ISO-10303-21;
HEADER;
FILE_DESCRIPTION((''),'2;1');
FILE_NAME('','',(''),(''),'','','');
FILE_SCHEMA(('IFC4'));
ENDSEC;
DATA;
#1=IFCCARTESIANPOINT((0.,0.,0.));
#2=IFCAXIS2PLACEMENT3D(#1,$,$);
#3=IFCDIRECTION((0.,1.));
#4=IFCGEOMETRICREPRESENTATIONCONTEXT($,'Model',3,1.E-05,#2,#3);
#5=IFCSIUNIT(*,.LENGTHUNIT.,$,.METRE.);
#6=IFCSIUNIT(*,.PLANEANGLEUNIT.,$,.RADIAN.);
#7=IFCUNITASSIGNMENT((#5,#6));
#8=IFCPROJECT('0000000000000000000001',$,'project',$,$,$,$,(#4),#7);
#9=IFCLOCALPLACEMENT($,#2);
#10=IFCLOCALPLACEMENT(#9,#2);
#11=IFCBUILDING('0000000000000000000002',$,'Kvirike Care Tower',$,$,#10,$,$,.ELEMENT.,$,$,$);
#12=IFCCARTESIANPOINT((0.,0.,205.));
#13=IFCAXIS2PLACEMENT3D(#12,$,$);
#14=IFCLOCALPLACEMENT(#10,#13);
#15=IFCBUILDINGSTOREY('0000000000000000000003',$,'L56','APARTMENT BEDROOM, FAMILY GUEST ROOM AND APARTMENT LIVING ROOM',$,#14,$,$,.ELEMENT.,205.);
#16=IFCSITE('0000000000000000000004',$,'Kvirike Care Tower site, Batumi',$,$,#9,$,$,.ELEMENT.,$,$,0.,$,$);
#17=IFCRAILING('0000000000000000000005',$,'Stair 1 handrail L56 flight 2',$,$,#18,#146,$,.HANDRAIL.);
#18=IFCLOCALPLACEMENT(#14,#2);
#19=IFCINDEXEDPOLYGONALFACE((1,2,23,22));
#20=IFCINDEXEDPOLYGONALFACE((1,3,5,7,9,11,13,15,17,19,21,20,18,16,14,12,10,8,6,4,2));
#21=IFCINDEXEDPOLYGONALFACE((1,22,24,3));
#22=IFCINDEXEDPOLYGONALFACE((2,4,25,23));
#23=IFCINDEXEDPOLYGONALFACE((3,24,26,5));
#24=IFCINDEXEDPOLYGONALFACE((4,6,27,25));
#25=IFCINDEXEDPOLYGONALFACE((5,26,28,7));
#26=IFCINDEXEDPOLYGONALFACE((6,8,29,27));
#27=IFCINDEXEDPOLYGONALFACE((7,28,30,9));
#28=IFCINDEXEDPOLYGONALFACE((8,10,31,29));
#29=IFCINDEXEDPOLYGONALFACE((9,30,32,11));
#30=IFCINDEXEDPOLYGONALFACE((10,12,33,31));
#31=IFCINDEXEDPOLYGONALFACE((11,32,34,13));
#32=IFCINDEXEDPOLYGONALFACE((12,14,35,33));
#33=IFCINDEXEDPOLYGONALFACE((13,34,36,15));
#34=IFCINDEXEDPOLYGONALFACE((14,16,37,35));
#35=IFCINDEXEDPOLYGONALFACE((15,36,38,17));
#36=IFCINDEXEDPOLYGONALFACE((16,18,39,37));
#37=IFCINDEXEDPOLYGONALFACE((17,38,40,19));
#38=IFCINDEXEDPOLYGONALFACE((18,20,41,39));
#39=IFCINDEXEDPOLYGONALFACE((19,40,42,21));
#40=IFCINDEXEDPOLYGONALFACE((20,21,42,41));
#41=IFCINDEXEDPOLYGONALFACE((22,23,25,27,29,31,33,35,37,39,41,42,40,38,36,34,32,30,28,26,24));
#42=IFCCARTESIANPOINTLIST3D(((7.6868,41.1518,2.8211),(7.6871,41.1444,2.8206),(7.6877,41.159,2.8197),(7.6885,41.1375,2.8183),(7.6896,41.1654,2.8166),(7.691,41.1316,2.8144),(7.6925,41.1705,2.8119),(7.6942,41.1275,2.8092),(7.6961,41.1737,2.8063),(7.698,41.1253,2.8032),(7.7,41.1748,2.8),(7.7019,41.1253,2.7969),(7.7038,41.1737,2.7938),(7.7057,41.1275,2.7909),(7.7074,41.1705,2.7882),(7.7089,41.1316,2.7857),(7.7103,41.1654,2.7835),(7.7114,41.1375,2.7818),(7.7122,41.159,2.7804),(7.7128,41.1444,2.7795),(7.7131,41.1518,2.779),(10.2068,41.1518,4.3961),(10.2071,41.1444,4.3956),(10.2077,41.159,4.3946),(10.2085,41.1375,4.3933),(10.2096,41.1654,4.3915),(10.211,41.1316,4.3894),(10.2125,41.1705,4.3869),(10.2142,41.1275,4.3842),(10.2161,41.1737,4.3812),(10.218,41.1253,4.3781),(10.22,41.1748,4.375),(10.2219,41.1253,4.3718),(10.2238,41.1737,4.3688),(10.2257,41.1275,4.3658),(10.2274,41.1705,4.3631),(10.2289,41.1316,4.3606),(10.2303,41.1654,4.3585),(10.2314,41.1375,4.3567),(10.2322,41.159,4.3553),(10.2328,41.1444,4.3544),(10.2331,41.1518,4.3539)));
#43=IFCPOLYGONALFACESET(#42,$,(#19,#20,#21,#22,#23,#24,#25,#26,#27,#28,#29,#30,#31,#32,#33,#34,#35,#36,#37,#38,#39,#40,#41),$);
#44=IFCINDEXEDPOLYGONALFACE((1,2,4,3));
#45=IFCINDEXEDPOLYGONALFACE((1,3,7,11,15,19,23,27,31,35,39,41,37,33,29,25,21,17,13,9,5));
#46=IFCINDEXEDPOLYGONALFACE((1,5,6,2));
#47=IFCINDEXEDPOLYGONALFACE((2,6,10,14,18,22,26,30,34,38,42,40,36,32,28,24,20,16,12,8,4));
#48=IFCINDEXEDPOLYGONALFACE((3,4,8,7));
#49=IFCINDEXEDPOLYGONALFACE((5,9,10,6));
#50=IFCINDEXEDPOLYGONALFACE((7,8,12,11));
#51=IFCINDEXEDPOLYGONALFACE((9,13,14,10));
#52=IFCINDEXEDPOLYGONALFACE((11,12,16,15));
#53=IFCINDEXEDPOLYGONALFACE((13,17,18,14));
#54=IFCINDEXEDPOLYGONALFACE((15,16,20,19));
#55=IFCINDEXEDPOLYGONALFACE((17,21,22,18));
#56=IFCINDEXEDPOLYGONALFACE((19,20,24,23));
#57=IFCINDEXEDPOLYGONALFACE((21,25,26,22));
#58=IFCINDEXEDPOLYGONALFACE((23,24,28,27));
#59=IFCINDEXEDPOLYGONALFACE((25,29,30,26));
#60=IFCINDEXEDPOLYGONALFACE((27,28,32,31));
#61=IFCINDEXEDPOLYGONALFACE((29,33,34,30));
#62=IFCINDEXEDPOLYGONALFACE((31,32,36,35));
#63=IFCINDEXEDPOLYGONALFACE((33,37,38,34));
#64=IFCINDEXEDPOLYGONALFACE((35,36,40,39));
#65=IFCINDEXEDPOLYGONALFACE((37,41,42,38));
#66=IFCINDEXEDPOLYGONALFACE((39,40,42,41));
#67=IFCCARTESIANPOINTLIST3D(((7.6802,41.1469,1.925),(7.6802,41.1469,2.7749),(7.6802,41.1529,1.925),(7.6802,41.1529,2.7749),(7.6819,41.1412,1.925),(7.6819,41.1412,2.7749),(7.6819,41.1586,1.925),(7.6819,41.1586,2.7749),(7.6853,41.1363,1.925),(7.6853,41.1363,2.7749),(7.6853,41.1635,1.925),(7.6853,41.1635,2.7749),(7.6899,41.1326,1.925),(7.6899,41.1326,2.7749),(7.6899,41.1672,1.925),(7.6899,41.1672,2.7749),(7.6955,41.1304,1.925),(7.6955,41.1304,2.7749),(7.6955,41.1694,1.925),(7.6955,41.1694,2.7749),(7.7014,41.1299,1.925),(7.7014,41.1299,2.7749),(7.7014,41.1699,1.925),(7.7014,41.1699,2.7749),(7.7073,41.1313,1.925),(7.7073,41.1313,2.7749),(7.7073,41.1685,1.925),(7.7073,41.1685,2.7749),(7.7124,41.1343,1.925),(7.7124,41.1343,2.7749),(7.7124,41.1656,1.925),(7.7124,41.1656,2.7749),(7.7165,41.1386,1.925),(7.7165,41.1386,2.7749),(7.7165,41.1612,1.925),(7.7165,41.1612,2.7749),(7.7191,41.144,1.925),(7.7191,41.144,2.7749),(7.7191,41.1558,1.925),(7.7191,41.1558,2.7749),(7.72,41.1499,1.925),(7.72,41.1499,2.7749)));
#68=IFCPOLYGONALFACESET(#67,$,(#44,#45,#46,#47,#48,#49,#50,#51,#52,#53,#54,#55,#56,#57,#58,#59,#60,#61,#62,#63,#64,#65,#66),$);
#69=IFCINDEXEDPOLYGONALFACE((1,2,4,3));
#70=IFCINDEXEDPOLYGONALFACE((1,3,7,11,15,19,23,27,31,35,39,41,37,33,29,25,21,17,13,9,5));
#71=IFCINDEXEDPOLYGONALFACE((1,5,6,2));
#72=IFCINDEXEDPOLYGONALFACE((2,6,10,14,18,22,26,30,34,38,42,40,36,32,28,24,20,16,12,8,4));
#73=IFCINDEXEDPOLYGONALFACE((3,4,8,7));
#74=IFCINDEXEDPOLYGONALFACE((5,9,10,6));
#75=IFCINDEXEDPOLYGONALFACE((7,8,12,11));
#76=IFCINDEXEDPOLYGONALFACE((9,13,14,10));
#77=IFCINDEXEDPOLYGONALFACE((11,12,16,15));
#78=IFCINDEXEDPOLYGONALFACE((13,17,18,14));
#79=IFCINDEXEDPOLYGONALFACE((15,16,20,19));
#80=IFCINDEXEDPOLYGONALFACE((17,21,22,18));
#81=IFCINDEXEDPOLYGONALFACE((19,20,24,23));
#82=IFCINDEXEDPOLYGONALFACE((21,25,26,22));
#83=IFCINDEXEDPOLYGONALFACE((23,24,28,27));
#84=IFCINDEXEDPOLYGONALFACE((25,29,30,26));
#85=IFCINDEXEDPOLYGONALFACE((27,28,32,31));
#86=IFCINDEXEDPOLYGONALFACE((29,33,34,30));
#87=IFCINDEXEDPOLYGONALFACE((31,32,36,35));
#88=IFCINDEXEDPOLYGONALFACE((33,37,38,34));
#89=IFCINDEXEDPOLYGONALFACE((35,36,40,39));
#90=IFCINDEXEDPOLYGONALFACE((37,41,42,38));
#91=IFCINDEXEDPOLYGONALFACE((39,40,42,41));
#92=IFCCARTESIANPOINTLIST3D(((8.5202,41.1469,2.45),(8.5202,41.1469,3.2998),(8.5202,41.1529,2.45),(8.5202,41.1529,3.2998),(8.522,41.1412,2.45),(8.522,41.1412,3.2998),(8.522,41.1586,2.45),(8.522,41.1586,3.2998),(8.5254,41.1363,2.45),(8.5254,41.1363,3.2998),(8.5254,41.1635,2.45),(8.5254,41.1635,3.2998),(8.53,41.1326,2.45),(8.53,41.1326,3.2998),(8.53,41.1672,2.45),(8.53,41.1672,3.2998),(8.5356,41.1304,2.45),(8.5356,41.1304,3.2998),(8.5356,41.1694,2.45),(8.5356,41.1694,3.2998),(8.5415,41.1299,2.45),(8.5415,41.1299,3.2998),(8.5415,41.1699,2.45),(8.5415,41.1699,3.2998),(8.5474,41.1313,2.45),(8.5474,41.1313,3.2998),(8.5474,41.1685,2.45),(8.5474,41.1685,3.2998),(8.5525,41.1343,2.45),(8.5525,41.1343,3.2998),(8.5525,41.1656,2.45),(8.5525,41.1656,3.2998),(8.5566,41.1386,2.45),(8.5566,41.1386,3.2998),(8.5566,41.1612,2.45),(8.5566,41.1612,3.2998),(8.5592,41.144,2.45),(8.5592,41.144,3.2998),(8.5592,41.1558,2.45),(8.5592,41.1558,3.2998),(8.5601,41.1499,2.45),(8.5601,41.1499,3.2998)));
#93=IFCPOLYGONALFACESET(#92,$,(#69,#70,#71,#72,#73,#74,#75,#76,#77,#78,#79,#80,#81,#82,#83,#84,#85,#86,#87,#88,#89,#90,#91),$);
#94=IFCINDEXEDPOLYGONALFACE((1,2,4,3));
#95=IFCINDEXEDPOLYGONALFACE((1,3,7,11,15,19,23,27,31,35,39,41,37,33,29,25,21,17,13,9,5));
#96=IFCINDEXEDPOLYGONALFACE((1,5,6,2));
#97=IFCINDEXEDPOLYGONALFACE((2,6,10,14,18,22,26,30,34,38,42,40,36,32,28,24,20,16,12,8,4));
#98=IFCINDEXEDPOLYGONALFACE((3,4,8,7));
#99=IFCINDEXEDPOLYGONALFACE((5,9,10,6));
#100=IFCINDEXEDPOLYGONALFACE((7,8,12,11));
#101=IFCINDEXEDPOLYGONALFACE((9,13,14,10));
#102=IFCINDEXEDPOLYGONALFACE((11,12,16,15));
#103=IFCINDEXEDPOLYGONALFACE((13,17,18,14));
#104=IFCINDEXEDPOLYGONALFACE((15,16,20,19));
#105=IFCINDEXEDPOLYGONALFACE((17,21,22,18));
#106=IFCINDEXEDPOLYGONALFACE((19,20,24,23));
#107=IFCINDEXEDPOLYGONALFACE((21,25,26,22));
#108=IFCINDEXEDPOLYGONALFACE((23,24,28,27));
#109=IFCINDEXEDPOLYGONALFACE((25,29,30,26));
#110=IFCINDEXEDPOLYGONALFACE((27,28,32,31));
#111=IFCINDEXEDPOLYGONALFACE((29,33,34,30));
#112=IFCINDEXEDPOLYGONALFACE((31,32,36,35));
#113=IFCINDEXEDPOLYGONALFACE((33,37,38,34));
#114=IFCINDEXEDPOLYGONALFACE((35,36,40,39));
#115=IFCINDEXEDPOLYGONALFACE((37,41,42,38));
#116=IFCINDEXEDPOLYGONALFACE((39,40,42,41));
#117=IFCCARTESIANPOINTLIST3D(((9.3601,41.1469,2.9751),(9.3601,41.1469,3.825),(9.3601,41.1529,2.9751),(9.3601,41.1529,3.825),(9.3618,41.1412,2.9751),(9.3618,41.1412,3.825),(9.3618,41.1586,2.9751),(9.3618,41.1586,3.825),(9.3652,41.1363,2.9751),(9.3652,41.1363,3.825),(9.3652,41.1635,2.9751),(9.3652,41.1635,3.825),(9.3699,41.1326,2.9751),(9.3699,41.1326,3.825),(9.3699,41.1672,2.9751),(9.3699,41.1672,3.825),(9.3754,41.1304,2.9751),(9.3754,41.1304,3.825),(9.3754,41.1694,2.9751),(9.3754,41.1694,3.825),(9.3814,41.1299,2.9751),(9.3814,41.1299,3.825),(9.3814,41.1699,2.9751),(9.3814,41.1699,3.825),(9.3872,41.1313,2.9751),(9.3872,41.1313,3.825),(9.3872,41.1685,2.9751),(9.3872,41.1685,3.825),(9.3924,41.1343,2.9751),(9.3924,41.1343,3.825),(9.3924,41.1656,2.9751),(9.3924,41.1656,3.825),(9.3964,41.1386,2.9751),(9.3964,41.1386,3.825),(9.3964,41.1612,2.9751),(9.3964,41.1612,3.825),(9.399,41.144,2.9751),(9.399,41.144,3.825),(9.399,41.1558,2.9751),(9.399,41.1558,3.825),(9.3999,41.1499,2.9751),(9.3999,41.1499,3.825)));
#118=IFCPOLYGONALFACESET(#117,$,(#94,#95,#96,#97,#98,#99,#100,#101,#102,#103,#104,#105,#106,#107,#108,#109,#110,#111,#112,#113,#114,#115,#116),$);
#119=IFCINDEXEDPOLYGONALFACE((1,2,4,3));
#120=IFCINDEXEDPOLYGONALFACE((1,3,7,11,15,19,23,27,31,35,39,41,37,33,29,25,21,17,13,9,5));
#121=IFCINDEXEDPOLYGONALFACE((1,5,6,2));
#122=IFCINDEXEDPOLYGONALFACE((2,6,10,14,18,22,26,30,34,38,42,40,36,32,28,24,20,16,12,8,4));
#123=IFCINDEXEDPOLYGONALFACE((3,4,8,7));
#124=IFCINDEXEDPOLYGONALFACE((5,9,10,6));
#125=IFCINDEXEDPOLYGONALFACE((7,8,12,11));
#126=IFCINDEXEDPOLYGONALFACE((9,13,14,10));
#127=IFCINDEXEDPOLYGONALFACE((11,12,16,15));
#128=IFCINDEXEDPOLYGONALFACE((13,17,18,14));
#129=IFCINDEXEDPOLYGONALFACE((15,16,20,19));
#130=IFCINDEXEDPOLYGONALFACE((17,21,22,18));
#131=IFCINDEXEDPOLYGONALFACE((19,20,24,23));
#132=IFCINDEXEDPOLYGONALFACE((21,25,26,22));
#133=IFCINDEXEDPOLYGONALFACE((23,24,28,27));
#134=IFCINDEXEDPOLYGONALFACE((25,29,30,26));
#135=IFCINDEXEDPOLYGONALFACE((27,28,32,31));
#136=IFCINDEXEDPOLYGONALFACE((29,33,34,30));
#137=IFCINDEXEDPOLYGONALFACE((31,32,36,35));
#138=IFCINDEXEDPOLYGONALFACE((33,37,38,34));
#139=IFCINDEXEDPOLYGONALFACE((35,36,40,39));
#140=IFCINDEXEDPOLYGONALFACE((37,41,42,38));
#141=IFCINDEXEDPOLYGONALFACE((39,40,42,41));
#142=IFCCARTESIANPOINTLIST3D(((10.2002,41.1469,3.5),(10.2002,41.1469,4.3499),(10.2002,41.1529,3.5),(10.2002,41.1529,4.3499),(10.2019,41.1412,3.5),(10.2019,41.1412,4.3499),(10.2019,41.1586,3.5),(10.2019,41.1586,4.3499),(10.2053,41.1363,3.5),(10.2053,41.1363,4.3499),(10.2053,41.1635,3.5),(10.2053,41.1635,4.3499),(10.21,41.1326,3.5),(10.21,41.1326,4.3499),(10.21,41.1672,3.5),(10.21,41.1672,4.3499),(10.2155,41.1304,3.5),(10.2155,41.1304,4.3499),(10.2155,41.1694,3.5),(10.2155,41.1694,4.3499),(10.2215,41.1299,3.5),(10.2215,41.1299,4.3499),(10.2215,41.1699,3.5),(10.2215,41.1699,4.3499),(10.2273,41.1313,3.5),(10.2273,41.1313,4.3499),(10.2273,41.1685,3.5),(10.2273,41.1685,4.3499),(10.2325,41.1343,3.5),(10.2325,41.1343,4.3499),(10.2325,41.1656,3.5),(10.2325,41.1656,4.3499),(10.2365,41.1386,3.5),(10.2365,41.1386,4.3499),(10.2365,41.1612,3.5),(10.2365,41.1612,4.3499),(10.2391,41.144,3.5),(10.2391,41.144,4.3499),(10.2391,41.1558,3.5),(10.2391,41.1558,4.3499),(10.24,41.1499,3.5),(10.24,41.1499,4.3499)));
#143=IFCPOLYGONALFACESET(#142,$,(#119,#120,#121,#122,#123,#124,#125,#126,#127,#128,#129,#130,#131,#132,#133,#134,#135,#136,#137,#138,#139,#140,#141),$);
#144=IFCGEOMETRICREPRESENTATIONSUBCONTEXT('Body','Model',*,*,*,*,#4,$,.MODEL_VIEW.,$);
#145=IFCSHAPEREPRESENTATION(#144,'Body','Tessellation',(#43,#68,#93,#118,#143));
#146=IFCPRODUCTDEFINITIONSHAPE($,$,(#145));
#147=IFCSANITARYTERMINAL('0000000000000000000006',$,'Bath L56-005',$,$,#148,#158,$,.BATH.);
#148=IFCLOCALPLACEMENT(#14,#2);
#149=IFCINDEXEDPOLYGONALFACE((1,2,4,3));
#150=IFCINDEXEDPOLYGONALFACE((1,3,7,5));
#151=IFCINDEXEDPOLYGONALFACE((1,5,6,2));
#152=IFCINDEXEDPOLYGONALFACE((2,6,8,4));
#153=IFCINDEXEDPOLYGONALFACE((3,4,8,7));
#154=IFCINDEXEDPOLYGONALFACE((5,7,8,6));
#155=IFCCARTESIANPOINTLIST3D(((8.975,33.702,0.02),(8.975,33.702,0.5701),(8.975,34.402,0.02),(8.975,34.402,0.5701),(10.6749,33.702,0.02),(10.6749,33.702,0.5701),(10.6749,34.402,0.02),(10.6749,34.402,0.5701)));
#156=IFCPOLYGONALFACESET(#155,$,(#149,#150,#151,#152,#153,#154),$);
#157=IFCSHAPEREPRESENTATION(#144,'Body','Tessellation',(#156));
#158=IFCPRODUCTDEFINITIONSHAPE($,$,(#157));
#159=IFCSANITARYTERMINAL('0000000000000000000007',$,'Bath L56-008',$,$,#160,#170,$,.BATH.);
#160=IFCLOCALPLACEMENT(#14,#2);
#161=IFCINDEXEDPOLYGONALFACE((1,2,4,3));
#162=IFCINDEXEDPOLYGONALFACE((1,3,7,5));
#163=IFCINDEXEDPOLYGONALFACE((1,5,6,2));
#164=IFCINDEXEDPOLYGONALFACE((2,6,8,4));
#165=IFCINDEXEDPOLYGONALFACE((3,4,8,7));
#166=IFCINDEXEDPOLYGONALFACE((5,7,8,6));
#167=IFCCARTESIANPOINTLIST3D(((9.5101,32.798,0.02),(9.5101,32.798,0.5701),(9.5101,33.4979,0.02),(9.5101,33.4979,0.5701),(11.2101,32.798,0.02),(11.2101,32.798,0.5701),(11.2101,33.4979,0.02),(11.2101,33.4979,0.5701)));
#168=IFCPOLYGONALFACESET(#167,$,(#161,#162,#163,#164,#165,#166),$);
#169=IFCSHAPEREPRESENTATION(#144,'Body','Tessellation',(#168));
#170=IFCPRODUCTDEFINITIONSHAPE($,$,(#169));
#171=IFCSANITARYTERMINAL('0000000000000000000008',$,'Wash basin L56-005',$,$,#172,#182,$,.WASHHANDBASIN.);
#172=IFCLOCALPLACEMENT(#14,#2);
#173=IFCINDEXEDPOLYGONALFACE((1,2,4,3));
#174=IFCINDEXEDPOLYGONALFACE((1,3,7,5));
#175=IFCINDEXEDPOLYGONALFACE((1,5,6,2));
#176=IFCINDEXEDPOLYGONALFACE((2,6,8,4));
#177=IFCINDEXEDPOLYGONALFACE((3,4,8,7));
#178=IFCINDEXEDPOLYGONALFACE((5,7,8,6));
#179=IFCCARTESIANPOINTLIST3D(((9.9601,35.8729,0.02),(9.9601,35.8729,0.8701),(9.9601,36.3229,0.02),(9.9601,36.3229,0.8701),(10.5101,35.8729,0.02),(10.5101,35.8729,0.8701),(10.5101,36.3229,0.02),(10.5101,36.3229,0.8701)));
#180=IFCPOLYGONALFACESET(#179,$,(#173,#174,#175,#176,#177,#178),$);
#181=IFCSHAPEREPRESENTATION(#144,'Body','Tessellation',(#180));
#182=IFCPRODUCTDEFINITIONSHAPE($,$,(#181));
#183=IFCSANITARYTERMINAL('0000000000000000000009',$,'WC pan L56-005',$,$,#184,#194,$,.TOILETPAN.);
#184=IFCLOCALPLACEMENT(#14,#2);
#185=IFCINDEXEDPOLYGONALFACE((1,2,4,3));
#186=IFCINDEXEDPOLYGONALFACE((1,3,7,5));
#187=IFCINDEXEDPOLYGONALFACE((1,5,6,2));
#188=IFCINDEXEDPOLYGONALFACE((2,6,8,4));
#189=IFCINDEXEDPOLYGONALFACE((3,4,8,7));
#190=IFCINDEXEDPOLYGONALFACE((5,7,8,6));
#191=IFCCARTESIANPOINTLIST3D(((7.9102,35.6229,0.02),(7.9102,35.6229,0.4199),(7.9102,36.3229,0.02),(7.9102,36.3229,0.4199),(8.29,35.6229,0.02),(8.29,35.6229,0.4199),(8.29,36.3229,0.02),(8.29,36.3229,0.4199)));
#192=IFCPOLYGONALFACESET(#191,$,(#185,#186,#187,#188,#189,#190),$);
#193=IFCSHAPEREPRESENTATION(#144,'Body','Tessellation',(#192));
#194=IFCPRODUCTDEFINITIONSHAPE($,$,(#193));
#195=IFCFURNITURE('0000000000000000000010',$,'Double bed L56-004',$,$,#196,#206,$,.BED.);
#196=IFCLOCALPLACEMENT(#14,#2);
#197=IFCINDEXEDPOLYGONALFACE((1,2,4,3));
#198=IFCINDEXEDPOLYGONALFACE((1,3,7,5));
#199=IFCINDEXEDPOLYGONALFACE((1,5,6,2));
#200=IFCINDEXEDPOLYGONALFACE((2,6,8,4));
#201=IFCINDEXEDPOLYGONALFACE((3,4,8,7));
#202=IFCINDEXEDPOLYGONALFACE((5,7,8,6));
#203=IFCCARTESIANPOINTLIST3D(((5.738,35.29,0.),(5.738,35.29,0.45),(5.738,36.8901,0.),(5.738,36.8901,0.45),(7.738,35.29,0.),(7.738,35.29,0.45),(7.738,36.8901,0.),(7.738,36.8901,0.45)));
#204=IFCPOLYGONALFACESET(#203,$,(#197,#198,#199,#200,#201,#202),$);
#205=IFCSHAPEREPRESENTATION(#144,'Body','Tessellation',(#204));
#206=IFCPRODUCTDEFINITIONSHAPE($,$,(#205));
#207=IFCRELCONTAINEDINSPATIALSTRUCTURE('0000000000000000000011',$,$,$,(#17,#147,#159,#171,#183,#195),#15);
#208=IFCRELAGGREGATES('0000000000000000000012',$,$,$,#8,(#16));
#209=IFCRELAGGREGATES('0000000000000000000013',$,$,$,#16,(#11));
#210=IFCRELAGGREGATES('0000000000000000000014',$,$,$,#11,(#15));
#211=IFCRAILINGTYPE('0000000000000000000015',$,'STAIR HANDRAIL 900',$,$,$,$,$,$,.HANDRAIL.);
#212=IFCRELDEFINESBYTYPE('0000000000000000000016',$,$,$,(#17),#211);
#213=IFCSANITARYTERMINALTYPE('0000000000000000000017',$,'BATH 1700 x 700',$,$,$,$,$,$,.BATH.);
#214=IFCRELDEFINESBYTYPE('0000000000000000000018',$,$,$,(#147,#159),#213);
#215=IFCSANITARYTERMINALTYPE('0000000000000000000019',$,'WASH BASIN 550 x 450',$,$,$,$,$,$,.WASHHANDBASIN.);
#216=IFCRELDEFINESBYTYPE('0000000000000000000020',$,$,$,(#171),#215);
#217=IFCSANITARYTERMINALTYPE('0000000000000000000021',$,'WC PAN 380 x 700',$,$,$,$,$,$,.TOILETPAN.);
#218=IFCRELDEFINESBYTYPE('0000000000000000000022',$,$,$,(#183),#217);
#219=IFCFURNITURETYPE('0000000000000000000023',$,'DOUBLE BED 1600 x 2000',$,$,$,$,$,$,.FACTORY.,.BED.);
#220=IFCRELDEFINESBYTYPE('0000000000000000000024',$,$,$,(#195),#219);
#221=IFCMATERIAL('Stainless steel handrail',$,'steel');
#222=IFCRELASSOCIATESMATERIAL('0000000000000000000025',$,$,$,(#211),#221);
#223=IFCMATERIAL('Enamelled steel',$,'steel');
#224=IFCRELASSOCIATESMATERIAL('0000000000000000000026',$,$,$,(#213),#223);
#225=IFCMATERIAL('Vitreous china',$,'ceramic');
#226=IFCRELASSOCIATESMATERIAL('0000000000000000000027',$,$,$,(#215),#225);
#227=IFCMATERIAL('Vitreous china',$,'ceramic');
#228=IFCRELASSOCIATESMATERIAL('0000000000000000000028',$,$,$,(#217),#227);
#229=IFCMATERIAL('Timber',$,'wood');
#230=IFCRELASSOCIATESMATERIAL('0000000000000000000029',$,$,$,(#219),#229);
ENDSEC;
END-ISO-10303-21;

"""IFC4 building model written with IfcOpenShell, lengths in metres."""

from ifc_helpers import new_model, si_unit, direction, frame, origin, origin_2d, place, context, subcontext, project, spatial, rectangle, circle, extrude, material, type_object, element, save


model = new_model("IFC4")

# Units and contexts
model_context = context("Model", 3, precision=1e-05, world=origin(), true_north=direction((0.0, 1.0)))
body_context = subcontext(model_context, "Body", "Model", "MODEL_VIEW")
ifc_project = project(units=[si_unit("LENGTHUNIT", "METRE"), si_unit("PLANEANGLEUNIT", "RADIAN")], contexts=[model_context])

# Site, building, storey
site_placement = place(None, origin())
site = spatial("IfcSite", under=ifc_project, at=site_placement, Name="Kvirike Care Tower site, Batumi", CompositionType="ELEMENT", RefElevation=0.0)
building_placement = place(site_placement, origin())
building = spatial("IfcBuilding", under=site, at=building_placement, Name="Kvirike Care Tower", CompositionType="ELEMENT")
storey_placement = place(building_placement, frame((0.0, 0.0, 205.0)))
storey = spatial("IfcBuildingStorey", under=building, at=storey_placement, Name="L56", Description="APARTMENT BEDROOM, FAMILY GUEST ROOM AND APARTMENT LIVING ROOM", CompositionType="ELEMENT", Elevation=205.0)

# Railing
ifc_material_1 = material(Name="Stainless steel handrail", Category="steel")
railing_type = type_object("IfcRailingType", Name="STAIR HANDRAIL 900", PredefinedType="HANDRAIL", material=ifc_material_1)
railing_1_placement = place(storey_placement, frame((7.7, 41.1499, 1.925)))
element("IfcRailing", 1, at=railing_1_placement, inside=storey, type_object=railing_type, Name="Stair 1 handrail L56 flight 2", PredefinedType="HANDRAIL", context=body_context, shape_type="SweptSolid", body=[
    extrude(circle(Radius=0.0249, at=origin_2d()), frame((0.0, 0.0, 0.875), z_axis=(0.848008, 0.0, 0.529984), x_axis=(0.0, 1.0, 0.0)), (0.0, 0.0, 1.0), 2.9717),
    extrude(circle(Radius=0.02, at=origin_2d()), origin(), (0.0, 0.0, 1.0), 0.8499),
    extrude(circle(Radius=0.02, at=origin_2d()), frame((0.8401, 0.0, 0.5249)), (0.0, 0.0, 1.0), 0.8499),
    extrude(circle(Radius=0.02, at=origin_2d()), frame((1.6799, 0.0, 1.05)), (0.0, 0.0, 1.0), 0.8499),
    extrude(circle(Radius=0.02, at=origin_2d()), frame((2.52, 0.0, 1.575)), (0.0, 0.0, 1.0), 0.8499),
])

# Sanitary terminals
ifc_material_2 = material(Name="Enamelled steel", Category="steel")
sanitary_terminal_type_1 = type_object("IfcSanitaryTerminalType", Name="BATH 1700 x 700", PredefinedType="BATH", material=ifc_material_2)
for number, where, z_axis, x_axis, name in (
    (2, (9.825, 34.052, 0.02), (0.0, 0.0, 1.0), (-1.0, 0.0, 0.0), "Bath L56-005"),
    (3, (10.3601, 33.1479, 0.02), (0.0, 0.0, 1.0), (1.0, 0.0, 0.0), "Bath L56-008"),
):
    element("IfcSanitaryTerminal", number, at=place(storey_placement, frame(where, z_axis=z_axis, x_axis=x_axis)), inside=storey, type_object=sanitary_terminal_type_1, Name=name, PredefinedType="BATH", context=body_context, shape_type="SweptSolid", body=[
        extrude(rectangle(XDim=1.7, YDim=0.7, at=origin_2d()), origin(), (0.0, 0.0, 1.0), 0.55),
    ])
ifc_material_3 = material(Name="Vitreous china", Category="ceramic")
sanitary_terminal_type_2 = type_object("IfcSanitaryTerminalType", Name="WASH BASIN 550 x 450", PredefinedType="WASHHANDBASIN", material=ifc_material_3)
sanitary_terminal_1_placement = place(storey_placement, frame((10.2351, 36.0979, 0.02), z_axis=(0.0, 0.0, 1.0), x_axis=(1.0, 0.0, 0.0)))
element("IfcSanitaryTerminal", 4, at=sanitary_terminal_1_placement, inside=storey, type_object=sanitary_terminal_type_2, Name="Wash basin L56-005", PredefinedType="WASHHANDBASIN", context=body_context, shape_type="SweptSolid", body=[
    extrude(rectangle(XDim=0.55, YDim=0.45, at=origin_2d()), origin(), (0.0, 0.0, 1.0), 0.8501),
])
ifc_material_4 = material(Name="Vitreous china", Category="ceramic")
sanitary_terminal_type_3 = type_object("IfcSanitaryTerminalType", Name="WC PAN 380 x 700", PredefinedType="TOILETPAN", material=ifc_material_4)
sanitary_terminal_2_placement = place(storey_placement, frame((8.1001, 35.9729, 0.02), z_axis=(0.0, 0.0, 1.0), x_axis=(1.0, 0.0, 0.0)))
element("IfcSanitaryTerminal", 5, at=sanitary_terminal_2_placement, inside=storey, type_object=sanitary_terminal_type_3, Name="WC pan L56-005", PredefinedType="TOILETPAN", context=body_context, shape_type="SweptSolid", body=[
    extrude(rectangle(XDim=0.3799, YDim=0.7, at=origin_2d()), origin(), (0.0, 0.0, 1.0), 0.3999),
])

# Furniture
ifc_material_5 = material(Name="Timber", Category="wood")
furniture_type = type_object("IfcFurnitureType", Name="DOUBLE BED 1600 x 2000", AssemblyPlace="FACTORY", PredefinedType="BED", material=ifc_material_5)
furniture_placement = place(storey_placement, frame((6.738, 36.0901, 0.0), z_axis=(0.0, 0.0, 1.0), x_axis=(0.0, -1.0, 0.0)))
element("IfcFurniture", 6, at=furniture_placement, inside=storey, type_object=furniture_type, Name="Double bed L56-004", PredefinedType="BED", context=body_context, shape_type="SweptSolid", body=[
    extrude(rectangle(XDim=1.6001, YDim=2.0, at=origin_2d()), origin(), (0.0, 0.0, 1.0), 0.45),
])

save(model, "model.ifc")
